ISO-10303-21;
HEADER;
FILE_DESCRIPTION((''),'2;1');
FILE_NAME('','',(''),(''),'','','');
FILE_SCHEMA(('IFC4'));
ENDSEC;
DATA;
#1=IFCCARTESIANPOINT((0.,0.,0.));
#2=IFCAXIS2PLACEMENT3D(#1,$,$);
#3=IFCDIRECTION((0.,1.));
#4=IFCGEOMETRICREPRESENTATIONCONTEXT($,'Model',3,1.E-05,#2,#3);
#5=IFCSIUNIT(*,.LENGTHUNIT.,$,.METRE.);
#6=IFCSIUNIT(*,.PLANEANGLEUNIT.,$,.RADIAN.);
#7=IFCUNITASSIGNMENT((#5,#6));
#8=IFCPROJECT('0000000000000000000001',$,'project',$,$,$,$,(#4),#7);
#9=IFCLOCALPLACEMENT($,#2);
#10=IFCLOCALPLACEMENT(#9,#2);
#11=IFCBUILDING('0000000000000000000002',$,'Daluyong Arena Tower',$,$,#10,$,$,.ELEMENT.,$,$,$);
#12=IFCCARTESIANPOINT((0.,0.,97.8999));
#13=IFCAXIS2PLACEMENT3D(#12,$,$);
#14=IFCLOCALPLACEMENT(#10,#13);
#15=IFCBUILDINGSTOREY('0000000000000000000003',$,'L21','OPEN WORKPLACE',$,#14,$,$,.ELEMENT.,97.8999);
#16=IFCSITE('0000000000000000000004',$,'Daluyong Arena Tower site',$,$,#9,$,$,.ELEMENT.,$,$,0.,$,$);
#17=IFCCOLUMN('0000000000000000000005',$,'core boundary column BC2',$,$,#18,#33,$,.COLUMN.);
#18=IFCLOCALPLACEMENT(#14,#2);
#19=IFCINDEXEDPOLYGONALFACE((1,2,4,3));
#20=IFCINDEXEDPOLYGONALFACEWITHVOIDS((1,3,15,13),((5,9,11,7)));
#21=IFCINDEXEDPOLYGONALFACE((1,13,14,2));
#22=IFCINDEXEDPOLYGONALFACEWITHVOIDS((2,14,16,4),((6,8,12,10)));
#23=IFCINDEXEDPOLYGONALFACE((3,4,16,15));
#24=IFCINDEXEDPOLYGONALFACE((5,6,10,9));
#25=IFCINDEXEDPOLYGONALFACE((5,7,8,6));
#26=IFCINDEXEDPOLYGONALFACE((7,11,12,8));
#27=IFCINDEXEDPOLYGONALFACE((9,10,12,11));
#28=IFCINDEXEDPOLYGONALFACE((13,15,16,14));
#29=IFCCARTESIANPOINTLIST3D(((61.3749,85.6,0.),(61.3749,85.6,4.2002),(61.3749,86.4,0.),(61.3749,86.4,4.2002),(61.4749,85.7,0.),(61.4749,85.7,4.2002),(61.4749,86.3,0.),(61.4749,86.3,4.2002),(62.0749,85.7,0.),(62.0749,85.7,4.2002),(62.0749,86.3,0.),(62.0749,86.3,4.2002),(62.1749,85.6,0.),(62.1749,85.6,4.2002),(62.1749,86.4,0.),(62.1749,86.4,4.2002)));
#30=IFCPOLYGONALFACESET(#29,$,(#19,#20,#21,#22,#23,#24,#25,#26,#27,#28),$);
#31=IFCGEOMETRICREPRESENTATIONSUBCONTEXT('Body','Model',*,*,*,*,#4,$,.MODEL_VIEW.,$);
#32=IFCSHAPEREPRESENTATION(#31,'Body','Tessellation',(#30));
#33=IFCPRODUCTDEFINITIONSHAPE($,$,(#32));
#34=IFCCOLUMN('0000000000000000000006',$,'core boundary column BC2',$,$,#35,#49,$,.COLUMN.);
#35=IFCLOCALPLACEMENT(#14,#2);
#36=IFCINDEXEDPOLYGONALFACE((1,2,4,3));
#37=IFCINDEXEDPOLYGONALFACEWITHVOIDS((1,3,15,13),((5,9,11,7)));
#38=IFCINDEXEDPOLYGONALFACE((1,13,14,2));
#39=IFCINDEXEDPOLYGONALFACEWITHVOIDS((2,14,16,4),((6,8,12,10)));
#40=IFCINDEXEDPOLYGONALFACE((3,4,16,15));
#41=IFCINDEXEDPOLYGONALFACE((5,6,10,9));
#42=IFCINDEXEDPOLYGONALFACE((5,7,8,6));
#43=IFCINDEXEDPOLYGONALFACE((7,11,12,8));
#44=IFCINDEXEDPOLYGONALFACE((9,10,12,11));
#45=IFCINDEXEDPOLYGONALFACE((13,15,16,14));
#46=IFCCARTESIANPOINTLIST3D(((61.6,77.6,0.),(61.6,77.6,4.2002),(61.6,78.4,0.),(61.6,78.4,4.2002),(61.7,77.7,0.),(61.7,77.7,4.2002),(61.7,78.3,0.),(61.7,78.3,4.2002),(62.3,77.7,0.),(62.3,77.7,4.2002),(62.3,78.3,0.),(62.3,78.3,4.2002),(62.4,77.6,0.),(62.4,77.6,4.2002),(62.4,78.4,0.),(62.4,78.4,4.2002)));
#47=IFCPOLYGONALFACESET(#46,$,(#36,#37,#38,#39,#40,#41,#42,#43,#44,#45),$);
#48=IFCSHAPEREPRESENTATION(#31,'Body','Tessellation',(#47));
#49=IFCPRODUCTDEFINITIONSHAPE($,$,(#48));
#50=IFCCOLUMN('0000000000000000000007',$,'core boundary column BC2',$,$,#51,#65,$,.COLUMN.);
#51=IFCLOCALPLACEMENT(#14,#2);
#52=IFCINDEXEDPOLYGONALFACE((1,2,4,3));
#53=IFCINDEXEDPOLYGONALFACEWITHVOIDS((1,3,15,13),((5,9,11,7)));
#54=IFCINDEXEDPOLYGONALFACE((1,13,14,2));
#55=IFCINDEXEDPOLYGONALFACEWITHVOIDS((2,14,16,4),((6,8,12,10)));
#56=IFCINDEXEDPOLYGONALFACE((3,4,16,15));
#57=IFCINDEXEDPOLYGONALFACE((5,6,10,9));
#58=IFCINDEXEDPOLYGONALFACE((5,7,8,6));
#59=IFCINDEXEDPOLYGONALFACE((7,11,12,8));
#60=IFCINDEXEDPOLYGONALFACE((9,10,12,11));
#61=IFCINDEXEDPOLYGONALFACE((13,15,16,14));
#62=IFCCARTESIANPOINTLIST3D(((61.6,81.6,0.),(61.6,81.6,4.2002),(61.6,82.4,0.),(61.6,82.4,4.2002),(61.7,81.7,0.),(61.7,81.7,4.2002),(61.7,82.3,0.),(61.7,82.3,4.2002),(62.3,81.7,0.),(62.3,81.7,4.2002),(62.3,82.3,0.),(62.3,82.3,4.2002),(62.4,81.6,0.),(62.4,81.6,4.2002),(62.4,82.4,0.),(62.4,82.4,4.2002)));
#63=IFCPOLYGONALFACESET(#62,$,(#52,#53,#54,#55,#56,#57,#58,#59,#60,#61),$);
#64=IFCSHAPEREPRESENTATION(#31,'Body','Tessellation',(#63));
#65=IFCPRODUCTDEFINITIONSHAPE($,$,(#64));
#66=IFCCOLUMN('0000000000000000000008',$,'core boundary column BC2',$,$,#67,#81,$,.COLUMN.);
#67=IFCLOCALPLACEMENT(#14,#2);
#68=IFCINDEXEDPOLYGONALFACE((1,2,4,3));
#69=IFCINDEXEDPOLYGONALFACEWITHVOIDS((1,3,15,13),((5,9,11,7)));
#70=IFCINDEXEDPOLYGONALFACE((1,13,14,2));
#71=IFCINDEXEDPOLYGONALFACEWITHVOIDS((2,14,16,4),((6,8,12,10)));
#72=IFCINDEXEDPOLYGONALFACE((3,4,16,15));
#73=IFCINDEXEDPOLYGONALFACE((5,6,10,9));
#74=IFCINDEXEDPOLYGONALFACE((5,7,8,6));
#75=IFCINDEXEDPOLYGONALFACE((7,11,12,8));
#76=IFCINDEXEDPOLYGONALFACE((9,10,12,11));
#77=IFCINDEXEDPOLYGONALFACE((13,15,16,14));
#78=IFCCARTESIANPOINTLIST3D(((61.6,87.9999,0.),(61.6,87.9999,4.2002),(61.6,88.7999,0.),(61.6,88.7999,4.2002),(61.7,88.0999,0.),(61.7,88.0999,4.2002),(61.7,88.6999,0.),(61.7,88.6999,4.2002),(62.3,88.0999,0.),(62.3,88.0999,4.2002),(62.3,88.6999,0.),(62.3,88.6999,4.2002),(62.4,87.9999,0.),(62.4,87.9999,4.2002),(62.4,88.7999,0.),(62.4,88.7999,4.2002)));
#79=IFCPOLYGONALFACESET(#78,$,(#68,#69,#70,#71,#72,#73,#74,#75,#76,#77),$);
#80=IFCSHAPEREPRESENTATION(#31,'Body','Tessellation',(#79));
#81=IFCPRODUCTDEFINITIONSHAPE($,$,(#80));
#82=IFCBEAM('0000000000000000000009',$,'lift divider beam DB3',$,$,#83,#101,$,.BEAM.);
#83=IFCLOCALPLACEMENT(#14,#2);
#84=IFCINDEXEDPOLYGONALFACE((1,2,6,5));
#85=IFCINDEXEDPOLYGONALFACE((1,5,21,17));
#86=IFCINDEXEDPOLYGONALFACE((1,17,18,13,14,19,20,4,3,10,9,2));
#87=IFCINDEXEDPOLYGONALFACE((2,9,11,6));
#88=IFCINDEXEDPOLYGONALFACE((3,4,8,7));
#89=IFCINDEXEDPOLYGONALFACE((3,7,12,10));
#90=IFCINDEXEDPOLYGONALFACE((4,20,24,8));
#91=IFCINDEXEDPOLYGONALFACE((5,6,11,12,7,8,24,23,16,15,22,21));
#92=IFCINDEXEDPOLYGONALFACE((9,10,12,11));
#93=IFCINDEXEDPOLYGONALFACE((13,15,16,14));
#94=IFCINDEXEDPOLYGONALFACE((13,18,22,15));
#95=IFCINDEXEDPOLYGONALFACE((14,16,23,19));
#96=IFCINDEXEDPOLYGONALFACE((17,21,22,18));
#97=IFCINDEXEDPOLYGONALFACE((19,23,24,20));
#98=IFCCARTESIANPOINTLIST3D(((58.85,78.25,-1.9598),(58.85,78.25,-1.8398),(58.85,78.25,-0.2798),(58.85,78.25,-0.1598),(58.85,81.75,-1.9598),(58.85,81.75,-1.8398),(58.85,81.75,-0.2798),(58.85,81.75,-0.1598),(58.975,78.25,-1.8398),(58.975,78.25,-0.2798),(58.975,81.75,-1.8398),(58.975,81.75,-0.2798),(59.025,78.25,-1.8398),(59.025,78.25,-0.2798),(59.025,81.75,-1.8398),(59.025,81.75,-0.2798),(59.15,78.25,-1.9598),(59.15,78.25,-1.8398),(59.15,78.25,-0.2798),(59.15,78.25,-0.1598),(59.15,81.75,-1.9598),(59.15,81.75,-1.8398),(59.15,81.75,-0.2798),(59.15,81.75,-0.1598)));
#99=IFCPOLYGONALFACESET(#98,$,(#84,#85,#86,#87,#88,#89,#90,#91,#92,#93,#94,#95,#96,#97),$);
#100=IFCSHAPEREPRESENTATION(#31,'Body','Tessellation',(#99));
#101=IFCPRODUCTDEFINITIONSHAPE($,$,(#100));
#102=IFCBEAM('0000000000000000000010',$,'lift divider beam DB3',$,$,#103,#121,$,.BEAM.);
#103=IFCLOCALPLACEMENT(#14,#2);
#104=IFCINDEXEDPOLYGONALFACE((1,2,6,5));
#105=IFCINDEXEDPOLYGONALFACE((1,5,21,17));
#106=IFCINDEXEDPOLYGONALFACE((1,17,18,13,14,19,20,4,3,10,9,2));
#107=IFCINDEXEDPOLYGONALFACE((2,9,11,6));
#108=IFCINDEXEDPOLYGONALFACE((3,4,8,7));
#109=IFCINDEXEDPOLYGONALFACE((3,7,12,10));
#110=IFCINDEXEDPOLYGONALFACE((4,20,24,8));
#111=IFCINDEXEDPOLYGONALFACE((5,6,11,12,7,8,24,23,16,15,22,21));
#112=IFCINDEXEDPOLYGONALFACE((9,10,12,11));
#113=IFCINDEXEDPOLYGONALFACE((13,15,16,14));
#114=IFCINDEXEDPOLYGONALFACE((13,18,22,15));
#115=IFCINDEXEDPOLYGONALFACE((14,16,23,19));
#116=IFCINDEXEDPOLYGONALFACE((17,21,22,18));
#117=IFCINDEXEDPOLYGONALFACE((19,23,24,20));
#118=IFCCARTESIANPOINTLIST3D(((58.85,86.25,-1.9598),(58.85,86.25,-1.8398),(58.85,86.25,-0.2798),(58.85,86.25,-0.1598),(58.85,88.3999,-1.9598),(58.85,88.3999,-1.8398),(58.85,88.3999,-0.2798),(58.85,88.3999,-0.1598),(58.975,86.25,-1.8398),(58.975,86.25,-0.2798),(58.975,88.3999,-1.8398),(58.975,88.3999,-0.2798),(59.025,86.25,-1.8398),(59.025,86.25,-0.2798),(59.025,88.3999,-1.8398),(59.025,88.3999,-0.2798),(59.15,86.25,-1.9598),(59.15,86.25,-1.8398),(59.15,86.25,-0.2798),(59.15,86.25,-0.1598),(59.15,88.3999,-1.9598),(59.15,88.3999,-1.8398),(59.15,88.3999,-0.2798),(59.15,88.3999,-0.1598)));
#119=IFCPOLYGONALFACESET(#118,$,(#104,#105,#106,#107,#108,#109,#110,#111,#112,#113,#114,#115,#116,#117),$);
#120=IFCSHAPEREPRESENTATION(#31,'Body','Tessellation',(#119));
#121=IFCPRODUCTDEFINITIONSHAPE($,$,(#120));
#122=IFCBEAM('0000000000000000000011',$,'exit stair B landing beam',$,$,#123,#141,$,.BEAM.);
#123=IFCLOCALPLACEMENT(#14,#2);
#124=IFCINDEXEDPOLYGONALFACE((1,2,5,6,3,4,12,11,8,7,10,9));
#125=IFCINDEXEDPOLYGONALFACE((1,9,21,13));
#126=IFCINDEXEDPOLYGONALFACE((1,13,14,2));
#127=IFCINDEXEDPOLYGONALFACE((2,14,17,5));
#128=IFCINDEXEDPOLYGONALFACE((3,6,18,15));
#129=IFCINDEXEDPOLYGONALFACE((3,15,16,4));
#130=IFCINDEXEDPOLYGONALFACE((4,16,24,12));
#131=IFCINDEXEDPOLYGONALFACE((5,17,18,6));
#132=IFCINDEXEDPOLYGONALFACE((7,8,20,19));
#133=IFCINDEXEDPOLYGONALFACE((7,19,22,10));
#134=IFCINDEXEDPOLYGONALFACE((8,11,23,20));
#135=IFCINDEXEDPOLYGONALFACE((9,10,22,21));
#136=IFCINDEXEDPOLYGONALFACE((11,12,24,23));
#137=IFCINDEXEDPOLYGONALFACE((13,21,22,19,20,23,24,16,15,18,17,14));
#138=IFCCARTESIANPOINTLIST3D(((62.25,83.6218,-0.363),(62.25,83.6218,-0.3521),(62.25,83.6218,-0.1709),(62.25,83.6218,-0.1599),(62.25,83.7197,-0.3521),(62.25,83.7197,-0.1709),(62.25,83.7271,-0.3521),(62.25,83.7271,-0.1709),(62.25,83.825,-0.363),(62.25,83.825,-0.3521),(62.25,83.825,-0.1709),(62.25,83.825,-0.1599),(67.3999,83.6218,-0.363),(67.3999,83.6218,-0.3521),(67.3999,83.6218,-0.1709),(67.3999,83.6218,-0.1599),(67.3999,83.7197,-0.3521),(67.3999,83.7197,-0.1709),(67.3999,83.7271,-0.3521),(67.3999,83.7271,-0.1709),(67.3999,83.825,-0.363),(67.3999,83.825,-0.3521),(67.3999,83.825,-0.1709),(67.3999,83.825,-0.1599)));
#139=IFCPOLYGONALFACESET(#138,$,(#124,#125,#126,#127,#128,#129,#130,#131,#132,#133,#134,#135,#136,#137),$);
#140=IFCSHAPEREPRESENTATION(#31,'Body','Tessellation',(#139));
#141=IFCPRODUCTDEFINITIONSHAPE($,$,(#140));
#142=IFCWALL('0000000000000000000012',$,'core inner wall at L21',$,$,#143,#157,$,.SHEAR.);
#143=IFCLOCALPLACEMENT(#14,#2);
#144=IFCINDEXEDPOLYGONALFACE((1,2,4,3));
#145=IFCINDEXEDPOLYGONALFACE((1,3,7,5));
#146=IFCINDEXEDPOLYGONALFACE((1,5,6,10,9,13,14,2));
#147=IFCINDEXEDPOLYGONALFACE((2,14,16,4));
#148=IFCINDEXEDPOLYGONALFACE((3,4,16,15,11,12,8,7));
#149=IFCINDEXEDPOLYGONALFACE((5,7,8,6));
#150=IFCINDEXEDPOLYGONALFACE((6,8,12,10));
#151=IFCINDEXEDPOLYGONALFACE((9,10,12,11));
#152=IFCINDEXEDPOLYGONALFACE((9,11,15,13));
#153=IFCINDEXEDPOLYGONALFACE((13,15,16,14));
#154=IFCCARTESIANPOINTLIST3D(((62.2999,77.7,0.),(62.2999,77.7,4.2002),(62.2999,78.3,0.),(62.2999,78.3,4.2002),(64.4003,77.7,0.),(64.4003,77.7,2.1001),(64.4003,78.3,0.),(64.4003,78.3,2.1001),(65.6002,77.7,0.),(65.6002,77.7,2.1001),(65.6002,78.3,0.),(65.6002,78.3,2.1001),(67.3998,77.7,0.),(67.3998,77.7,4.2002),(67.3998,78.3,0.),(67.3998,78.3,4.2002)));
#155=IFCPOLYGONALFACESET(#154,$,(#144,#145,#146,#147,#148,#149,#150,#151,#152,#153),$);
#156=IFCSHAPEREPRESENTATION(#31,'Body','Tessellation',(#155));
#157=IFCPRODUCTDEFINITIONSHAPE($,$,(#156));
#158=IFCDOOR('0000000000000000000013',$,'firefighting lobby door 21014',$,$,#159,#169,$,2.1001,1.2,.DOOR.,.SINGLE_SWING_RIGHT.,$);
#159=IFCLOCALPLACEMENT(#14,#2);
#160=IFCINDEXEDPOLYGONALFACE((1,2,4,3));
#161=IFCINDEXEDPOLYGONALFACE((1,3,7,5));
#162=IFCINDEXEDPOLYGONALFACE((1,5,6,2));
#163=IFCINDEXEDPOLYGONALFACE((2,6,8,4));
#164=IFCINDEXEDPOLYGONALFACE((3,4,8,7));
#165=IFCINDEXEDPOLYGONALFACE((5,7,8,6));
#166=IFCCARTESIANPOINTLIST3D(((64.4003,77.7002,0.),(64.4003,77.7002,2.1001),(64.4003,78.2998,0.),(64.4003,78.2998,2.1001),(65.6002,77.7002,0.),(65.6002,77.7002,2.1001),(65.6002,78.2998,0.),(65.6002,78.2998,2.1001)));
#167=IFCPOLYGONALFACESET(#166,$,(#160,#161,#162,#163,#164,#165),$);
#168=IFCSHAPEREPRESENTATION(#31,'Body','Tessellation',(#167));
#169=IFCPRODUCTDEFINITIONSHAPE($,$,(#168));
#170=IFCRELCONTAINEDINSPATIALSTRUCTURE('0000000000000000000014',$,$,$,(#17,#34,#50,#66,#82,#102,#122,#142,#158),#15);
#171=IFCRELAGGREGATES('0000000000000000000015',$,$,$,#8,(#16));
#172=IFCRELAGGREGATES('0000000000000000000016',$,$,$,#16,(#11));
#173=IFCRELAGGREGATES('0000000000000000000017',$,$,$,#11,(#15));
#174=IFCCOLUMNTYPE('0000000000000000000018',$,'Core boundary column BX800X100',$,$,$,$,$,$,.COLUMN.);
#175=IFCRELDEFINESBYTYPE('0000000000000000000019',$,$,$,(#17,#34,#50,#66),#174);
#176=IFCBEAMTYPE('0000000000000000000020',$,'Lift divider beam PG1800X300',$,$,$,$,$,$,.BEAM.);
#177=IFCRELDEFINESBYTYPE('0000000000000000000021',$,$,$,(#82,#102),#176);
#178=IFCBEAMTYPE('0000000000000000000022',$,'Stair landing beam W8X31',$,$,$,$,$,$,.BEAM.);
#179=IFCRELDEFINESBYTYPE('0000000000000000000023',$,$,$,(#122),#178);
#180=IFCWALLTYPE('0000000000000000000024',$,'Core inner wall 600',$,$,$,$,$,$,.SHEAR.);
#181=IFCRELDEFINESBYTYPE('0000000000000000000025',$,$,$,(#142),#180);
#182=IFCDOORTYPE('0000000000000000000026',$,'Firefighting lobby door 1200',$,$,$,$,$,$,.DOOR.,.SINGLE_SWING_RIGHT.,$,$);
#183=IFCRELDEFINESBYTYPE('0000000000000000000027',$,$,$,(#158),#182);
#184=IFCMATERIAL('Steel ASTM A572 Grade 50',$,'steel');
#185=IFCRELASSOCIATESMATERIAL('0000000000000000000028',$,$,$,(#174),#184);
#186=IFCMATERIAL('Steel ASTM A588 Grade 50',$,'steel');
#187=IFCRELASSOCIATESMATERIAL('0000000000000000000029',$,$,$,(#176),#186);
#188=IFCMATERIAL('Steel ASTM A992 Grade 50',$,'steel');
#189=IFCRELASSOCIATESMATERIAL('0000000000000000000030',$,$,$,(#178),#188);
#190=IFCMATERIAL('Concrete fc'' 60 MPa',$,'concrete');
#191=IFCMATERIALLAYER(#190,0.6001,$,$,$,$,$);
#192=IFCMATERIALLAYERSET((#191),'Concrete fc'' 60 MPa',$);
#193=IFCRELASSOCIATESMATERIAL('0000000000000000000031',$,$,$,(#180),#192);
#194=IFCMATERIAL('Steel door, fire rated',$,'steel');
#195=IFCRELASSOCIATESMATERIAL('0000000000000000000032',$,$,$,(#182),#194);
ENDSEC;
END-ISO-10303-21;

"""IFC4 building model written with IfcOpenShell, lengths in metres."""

from ifc_helpers import new_model, si_unit, direction, frame, frame_2d, origin, origin_2d, place, context, subcontext, project, spatial, rectangle, hollow_rectangle, i_section, extrude, material, layer, layer_set, material_profile, profile_set, type_object, element, fill, save


model = new_model("IFC4")

# Units and contexts
model_context = context("Model", 3, precision=1e-05, world=origin(), true_north=direction((0.0, 1.0)))
body_context = subcontext(model_context, "Body", "Model", "MODEL_VIEW")
ifc_project = project(units=[si_unit("LENGTHUNIT", "METRE"), si_unit("PLANEANGLEUNIT", "RADIAN")], contexts=[model_context])

# Site, building, storey
site_placement = place(None, origin())
site = spatial("IfcSite", under=ifc_project, at=site_placement, Name="Daluyong Arena Tower site", CompositionType="ELEMENT", RefElevation=0.0)
building_placement = place(site_placement, origin())
building = spatial("IfcBuilding", under=site, at=building_placement, Name="Daluyong Arena Tower", CompositionType="ELEMENT")
storey_placement = place(building_placement, frame((0.0, 0.0, 97.8999)))
storey = spatial("IfcBuildingStorey", under=building, at=storey_placement, Name="L21", Description="OPEN WORKPLACE", CompositionType="ELEMENT", Elevation=97.8999)

# Columns
ifc_material_1 = material(Name="Steel ASTM A572 Grade 50", Category="steel")
ifc_material_profile_1 = material_profile(ifc_material_1, hollow_rectangle(XDim=0.8, YDim=0.8, WallThickness=0.1, at=origin_2d()))
ifc_profile_set_1 = profile_set([ifc_material_profile_1], Name="Steel ASTM A572 Grade 50")
column_type = type_object("IfcColumnType", Name="Core boundary column BX800X100", PredefinedType="COLUMN", material=ifc_profile_set_1)
for number, where, z_axis, x_axis, name in (
    (1, (61.7749, 86.0, 0.0), (0.0, 0.0, 1.0), (1.0, 0.0, 0.0), "core boundary column BC2"),
    (2, (62.0, 78.0, 0.0), (0.0, 0.0, 1.0), (1.0, 0.0, 0.0), "core boundary column BC2"),
    (3, (62.0, 82.0, 0.0), (0.0, 0.0, 1.0), (1.0, 0.0, 0.0), "core boundary column BC2"),
    (4, (62.0, 88.3999, 0.0), (0.0, 0.0, 1.0), (1.0, 0.0, 0.0), "core boundary column BC2"),
):
    element("IfcColumn", number, at=place(storey_placement, frame(where, z_axis=z_axis, x_axis=x_axis)), inside=storey, type_object=column_type, Name=name, PredefinedType="COLUMN", context=body_context, shape_type="SweptSolid", body=[
        extrude(hollow_rectangle(XDim=0.8, YDim=0.8, WallThickness=0.1, at=origin_2d()), origin(), (0.0, 0.0, 1.0), 4.2002),
    ])

# Beams
ifc_material_2 = material(Name="Steel ASTM A588 Grade 50", Category="steel")
ifc_material_profile_2 = material_profile(ifc_material_2, i_section(OverallWidth=0.3, OverallDepth=1.8, WebThickness=0.05, FlangeThickness=0.12, at=origin_2d()))
ifc_profile_set_2 = profile_set([ifc_material_profile_2], Name="Steel ASTM A588 Grade 50")
beam_type_1 = type_object("IfcBeamType", Name="Lift divider beam PG1800X300", PredefinedType="BEAM", material=ifc_profile_set_2)
beam_1_placement = place(storey_placement, frame((59.0, 78.25, -1.0598), z_axis=(0.0, 1.0, 0.0), x_axis=(-1.0, 0.0, 0.0)))
element("IfcBeam", 5, at=beam_1_placement, inside=storey, type_object=beam_type_1, Name="lift divider beam DB3", PredefinedType="BEAM", context=body_context, shape_type="SweptSolid", body=[
    extrude(i_section(OverallWidth=0.3, OverallDepth=1.8, WebThickness=0.05, FlangeThickness=0.12, at=origin_2d()), origin(), (0.0, 0.0, 1.0), 3.5),
])
beam_2_placement = place(storey_placement, frame((59.0, 86.25, -1.0598), z_axis=(0.0, 1.0, 0.0), x_axis=(-1.0, 0.0, 0.0)))
element("IfcBeam", 6, at=beam_2_placement, inside=storey, type_object=beam_type_1, Name="lift divider beam DB3", PredefinedType="BEAM", context=body_context, shape_type="SweptSolid", body=[
    extrude(i_section(OverallWidth=0.3, OverallDepth=1.8, WebThickness=0.05, FlangeThickness=0.12, at=origin_2d()), origin(), (0.0, 0.0, 1.0), 2.1499),
])
ifc_material_3 = material(Name="Steel ASTM A992 Grade 50", Category="steel")
ifc_material_profile_3 = material_profile(ifc_material_3, i_section(OverallWidth=0.2031, OverallDepth=0.2031, WebThickness=0.0073, FlangeThickness=0.011, at=origin_2d()))
ifc_profile_set_3 = profile_set([ifc_material_profile_3], Name="Steel ASTM A992 Grade 50")
beam_type_2 = type_object("IfcBeamType", Name="Stair landing beam W8X31", PredefinedType="BEAM", material=ifc_profile_set_3)
beam_3_placement = place(storey_placement, frame((62.25, 83.7234, -0.2615), z_axis=(1.0, 0.0, 0.0), x_axis=(0.0, 1.0, 0.0)))
element("IfcBeam", 7, at=beam_3_placement, inside=storey, type_object=beam_type_2, Name="exit stair B landing beam", PredefinedType="BEAM", context=body_context, shape_type="SweptSolid", body=[
    extrude(i_section(OverallWidth=0.2031, OverallDepth=0.2031, WebThickness=0.0073, FlangeThickness=0.011, at=origin_2d()), origin(), (0.0, 0.0, 1.0), 5.1499),
])

# Wall, opening, door
ifc_material_4 = material(Name="Concrete fc' 60 MPa", Category="concrete")
ifc_layer_1 = layer(ifc_material_4, 0.6001)
ifc_layer_set_1 = layer_set([ifc_layer_1], Name="Concrete fc' 60 MPa")
wall_type_1 = type_object("IfcWallType", Name="Core inner wall 600", PredefinedType="SHEAR", material=ifc_layer_set_1)
wall_1_placement = place(storey_placement, frame((62.3, 78.0, 0.0), z_axis=(0.0, 0.0, 1.0), x_axis=(1.0, 0.0, 0.0)))
wall_1 = element("IfcWall", 8, at=wall_1_placement, inside=storey, type_object=wall_type_1, Name="core inner wall at L21", PredefinedType="SHEAR", context=body_context, shape_type="SweptSolid", body=[
    extrude(rectangle(XDim=5.0999, YDim=0.6001, at=frame_2d((2.5498, 0.0))), origin(), (0.0, 0.0, 1.0), 4.2002),
])
opening_1_placement = place(wall_1_placement, frame((2.1001, 0.0, 0.0)))
opening_1 = element("IfcOpeningElement", 9, at=opening_1_placement, cuts=wall_1, PredefinedType="OPENING", context=body_context, shape_type="SweptSolid", body=[
    extrude(rectangle(XDim=1.2, YDim=2.1001, at=frame_2d((0.6001, 1.05))), frame((0.0, 0.3101, 0.0), z_axis=(0.0, -1.0, 0.0), x_axis=(1.0, 0.0, 0.0)), (0.0, 0.0, 1.0), 0.6201),
])
ifc_material_5 = material(Name="Steel door, fire rated", Category="steel")
door_type_1 = type_object("IfcDoorType", Name="Firefighting lobby door 1200", OperationType="SINGLE_SWING_RIGHT", PredefinedType="DOOR", material=ifc_material_5)
door_1_placement = place(opening_1_placement, origin())
door_1 = element("IfcDoor", 10, at=door_1_placement, inside=storey, type_object=door_type_1, Name="firefighting lobby door 21014", OperationType="SINGLE_SWING_RIGHT", OverallHeight=2.1001, OverallWidth=1.2, PredefinedType="DOOR", context=body_context, shape_type="SweptSolid", body=[
    extrude(rectangle(XDim=1.2, YDim=2.1001, at=frame_2d((0.6001, 1.05))), frame((0.0, 0.2998, 0.0), z_axis=(0.0, -1.0, 0.0), x_axis=(1.0, 0.0, 0.0)), (0.0, 0.0, 1.0), 0.5996),
])
fill(opening_1, door_1)

save(model, "model.ifc")
